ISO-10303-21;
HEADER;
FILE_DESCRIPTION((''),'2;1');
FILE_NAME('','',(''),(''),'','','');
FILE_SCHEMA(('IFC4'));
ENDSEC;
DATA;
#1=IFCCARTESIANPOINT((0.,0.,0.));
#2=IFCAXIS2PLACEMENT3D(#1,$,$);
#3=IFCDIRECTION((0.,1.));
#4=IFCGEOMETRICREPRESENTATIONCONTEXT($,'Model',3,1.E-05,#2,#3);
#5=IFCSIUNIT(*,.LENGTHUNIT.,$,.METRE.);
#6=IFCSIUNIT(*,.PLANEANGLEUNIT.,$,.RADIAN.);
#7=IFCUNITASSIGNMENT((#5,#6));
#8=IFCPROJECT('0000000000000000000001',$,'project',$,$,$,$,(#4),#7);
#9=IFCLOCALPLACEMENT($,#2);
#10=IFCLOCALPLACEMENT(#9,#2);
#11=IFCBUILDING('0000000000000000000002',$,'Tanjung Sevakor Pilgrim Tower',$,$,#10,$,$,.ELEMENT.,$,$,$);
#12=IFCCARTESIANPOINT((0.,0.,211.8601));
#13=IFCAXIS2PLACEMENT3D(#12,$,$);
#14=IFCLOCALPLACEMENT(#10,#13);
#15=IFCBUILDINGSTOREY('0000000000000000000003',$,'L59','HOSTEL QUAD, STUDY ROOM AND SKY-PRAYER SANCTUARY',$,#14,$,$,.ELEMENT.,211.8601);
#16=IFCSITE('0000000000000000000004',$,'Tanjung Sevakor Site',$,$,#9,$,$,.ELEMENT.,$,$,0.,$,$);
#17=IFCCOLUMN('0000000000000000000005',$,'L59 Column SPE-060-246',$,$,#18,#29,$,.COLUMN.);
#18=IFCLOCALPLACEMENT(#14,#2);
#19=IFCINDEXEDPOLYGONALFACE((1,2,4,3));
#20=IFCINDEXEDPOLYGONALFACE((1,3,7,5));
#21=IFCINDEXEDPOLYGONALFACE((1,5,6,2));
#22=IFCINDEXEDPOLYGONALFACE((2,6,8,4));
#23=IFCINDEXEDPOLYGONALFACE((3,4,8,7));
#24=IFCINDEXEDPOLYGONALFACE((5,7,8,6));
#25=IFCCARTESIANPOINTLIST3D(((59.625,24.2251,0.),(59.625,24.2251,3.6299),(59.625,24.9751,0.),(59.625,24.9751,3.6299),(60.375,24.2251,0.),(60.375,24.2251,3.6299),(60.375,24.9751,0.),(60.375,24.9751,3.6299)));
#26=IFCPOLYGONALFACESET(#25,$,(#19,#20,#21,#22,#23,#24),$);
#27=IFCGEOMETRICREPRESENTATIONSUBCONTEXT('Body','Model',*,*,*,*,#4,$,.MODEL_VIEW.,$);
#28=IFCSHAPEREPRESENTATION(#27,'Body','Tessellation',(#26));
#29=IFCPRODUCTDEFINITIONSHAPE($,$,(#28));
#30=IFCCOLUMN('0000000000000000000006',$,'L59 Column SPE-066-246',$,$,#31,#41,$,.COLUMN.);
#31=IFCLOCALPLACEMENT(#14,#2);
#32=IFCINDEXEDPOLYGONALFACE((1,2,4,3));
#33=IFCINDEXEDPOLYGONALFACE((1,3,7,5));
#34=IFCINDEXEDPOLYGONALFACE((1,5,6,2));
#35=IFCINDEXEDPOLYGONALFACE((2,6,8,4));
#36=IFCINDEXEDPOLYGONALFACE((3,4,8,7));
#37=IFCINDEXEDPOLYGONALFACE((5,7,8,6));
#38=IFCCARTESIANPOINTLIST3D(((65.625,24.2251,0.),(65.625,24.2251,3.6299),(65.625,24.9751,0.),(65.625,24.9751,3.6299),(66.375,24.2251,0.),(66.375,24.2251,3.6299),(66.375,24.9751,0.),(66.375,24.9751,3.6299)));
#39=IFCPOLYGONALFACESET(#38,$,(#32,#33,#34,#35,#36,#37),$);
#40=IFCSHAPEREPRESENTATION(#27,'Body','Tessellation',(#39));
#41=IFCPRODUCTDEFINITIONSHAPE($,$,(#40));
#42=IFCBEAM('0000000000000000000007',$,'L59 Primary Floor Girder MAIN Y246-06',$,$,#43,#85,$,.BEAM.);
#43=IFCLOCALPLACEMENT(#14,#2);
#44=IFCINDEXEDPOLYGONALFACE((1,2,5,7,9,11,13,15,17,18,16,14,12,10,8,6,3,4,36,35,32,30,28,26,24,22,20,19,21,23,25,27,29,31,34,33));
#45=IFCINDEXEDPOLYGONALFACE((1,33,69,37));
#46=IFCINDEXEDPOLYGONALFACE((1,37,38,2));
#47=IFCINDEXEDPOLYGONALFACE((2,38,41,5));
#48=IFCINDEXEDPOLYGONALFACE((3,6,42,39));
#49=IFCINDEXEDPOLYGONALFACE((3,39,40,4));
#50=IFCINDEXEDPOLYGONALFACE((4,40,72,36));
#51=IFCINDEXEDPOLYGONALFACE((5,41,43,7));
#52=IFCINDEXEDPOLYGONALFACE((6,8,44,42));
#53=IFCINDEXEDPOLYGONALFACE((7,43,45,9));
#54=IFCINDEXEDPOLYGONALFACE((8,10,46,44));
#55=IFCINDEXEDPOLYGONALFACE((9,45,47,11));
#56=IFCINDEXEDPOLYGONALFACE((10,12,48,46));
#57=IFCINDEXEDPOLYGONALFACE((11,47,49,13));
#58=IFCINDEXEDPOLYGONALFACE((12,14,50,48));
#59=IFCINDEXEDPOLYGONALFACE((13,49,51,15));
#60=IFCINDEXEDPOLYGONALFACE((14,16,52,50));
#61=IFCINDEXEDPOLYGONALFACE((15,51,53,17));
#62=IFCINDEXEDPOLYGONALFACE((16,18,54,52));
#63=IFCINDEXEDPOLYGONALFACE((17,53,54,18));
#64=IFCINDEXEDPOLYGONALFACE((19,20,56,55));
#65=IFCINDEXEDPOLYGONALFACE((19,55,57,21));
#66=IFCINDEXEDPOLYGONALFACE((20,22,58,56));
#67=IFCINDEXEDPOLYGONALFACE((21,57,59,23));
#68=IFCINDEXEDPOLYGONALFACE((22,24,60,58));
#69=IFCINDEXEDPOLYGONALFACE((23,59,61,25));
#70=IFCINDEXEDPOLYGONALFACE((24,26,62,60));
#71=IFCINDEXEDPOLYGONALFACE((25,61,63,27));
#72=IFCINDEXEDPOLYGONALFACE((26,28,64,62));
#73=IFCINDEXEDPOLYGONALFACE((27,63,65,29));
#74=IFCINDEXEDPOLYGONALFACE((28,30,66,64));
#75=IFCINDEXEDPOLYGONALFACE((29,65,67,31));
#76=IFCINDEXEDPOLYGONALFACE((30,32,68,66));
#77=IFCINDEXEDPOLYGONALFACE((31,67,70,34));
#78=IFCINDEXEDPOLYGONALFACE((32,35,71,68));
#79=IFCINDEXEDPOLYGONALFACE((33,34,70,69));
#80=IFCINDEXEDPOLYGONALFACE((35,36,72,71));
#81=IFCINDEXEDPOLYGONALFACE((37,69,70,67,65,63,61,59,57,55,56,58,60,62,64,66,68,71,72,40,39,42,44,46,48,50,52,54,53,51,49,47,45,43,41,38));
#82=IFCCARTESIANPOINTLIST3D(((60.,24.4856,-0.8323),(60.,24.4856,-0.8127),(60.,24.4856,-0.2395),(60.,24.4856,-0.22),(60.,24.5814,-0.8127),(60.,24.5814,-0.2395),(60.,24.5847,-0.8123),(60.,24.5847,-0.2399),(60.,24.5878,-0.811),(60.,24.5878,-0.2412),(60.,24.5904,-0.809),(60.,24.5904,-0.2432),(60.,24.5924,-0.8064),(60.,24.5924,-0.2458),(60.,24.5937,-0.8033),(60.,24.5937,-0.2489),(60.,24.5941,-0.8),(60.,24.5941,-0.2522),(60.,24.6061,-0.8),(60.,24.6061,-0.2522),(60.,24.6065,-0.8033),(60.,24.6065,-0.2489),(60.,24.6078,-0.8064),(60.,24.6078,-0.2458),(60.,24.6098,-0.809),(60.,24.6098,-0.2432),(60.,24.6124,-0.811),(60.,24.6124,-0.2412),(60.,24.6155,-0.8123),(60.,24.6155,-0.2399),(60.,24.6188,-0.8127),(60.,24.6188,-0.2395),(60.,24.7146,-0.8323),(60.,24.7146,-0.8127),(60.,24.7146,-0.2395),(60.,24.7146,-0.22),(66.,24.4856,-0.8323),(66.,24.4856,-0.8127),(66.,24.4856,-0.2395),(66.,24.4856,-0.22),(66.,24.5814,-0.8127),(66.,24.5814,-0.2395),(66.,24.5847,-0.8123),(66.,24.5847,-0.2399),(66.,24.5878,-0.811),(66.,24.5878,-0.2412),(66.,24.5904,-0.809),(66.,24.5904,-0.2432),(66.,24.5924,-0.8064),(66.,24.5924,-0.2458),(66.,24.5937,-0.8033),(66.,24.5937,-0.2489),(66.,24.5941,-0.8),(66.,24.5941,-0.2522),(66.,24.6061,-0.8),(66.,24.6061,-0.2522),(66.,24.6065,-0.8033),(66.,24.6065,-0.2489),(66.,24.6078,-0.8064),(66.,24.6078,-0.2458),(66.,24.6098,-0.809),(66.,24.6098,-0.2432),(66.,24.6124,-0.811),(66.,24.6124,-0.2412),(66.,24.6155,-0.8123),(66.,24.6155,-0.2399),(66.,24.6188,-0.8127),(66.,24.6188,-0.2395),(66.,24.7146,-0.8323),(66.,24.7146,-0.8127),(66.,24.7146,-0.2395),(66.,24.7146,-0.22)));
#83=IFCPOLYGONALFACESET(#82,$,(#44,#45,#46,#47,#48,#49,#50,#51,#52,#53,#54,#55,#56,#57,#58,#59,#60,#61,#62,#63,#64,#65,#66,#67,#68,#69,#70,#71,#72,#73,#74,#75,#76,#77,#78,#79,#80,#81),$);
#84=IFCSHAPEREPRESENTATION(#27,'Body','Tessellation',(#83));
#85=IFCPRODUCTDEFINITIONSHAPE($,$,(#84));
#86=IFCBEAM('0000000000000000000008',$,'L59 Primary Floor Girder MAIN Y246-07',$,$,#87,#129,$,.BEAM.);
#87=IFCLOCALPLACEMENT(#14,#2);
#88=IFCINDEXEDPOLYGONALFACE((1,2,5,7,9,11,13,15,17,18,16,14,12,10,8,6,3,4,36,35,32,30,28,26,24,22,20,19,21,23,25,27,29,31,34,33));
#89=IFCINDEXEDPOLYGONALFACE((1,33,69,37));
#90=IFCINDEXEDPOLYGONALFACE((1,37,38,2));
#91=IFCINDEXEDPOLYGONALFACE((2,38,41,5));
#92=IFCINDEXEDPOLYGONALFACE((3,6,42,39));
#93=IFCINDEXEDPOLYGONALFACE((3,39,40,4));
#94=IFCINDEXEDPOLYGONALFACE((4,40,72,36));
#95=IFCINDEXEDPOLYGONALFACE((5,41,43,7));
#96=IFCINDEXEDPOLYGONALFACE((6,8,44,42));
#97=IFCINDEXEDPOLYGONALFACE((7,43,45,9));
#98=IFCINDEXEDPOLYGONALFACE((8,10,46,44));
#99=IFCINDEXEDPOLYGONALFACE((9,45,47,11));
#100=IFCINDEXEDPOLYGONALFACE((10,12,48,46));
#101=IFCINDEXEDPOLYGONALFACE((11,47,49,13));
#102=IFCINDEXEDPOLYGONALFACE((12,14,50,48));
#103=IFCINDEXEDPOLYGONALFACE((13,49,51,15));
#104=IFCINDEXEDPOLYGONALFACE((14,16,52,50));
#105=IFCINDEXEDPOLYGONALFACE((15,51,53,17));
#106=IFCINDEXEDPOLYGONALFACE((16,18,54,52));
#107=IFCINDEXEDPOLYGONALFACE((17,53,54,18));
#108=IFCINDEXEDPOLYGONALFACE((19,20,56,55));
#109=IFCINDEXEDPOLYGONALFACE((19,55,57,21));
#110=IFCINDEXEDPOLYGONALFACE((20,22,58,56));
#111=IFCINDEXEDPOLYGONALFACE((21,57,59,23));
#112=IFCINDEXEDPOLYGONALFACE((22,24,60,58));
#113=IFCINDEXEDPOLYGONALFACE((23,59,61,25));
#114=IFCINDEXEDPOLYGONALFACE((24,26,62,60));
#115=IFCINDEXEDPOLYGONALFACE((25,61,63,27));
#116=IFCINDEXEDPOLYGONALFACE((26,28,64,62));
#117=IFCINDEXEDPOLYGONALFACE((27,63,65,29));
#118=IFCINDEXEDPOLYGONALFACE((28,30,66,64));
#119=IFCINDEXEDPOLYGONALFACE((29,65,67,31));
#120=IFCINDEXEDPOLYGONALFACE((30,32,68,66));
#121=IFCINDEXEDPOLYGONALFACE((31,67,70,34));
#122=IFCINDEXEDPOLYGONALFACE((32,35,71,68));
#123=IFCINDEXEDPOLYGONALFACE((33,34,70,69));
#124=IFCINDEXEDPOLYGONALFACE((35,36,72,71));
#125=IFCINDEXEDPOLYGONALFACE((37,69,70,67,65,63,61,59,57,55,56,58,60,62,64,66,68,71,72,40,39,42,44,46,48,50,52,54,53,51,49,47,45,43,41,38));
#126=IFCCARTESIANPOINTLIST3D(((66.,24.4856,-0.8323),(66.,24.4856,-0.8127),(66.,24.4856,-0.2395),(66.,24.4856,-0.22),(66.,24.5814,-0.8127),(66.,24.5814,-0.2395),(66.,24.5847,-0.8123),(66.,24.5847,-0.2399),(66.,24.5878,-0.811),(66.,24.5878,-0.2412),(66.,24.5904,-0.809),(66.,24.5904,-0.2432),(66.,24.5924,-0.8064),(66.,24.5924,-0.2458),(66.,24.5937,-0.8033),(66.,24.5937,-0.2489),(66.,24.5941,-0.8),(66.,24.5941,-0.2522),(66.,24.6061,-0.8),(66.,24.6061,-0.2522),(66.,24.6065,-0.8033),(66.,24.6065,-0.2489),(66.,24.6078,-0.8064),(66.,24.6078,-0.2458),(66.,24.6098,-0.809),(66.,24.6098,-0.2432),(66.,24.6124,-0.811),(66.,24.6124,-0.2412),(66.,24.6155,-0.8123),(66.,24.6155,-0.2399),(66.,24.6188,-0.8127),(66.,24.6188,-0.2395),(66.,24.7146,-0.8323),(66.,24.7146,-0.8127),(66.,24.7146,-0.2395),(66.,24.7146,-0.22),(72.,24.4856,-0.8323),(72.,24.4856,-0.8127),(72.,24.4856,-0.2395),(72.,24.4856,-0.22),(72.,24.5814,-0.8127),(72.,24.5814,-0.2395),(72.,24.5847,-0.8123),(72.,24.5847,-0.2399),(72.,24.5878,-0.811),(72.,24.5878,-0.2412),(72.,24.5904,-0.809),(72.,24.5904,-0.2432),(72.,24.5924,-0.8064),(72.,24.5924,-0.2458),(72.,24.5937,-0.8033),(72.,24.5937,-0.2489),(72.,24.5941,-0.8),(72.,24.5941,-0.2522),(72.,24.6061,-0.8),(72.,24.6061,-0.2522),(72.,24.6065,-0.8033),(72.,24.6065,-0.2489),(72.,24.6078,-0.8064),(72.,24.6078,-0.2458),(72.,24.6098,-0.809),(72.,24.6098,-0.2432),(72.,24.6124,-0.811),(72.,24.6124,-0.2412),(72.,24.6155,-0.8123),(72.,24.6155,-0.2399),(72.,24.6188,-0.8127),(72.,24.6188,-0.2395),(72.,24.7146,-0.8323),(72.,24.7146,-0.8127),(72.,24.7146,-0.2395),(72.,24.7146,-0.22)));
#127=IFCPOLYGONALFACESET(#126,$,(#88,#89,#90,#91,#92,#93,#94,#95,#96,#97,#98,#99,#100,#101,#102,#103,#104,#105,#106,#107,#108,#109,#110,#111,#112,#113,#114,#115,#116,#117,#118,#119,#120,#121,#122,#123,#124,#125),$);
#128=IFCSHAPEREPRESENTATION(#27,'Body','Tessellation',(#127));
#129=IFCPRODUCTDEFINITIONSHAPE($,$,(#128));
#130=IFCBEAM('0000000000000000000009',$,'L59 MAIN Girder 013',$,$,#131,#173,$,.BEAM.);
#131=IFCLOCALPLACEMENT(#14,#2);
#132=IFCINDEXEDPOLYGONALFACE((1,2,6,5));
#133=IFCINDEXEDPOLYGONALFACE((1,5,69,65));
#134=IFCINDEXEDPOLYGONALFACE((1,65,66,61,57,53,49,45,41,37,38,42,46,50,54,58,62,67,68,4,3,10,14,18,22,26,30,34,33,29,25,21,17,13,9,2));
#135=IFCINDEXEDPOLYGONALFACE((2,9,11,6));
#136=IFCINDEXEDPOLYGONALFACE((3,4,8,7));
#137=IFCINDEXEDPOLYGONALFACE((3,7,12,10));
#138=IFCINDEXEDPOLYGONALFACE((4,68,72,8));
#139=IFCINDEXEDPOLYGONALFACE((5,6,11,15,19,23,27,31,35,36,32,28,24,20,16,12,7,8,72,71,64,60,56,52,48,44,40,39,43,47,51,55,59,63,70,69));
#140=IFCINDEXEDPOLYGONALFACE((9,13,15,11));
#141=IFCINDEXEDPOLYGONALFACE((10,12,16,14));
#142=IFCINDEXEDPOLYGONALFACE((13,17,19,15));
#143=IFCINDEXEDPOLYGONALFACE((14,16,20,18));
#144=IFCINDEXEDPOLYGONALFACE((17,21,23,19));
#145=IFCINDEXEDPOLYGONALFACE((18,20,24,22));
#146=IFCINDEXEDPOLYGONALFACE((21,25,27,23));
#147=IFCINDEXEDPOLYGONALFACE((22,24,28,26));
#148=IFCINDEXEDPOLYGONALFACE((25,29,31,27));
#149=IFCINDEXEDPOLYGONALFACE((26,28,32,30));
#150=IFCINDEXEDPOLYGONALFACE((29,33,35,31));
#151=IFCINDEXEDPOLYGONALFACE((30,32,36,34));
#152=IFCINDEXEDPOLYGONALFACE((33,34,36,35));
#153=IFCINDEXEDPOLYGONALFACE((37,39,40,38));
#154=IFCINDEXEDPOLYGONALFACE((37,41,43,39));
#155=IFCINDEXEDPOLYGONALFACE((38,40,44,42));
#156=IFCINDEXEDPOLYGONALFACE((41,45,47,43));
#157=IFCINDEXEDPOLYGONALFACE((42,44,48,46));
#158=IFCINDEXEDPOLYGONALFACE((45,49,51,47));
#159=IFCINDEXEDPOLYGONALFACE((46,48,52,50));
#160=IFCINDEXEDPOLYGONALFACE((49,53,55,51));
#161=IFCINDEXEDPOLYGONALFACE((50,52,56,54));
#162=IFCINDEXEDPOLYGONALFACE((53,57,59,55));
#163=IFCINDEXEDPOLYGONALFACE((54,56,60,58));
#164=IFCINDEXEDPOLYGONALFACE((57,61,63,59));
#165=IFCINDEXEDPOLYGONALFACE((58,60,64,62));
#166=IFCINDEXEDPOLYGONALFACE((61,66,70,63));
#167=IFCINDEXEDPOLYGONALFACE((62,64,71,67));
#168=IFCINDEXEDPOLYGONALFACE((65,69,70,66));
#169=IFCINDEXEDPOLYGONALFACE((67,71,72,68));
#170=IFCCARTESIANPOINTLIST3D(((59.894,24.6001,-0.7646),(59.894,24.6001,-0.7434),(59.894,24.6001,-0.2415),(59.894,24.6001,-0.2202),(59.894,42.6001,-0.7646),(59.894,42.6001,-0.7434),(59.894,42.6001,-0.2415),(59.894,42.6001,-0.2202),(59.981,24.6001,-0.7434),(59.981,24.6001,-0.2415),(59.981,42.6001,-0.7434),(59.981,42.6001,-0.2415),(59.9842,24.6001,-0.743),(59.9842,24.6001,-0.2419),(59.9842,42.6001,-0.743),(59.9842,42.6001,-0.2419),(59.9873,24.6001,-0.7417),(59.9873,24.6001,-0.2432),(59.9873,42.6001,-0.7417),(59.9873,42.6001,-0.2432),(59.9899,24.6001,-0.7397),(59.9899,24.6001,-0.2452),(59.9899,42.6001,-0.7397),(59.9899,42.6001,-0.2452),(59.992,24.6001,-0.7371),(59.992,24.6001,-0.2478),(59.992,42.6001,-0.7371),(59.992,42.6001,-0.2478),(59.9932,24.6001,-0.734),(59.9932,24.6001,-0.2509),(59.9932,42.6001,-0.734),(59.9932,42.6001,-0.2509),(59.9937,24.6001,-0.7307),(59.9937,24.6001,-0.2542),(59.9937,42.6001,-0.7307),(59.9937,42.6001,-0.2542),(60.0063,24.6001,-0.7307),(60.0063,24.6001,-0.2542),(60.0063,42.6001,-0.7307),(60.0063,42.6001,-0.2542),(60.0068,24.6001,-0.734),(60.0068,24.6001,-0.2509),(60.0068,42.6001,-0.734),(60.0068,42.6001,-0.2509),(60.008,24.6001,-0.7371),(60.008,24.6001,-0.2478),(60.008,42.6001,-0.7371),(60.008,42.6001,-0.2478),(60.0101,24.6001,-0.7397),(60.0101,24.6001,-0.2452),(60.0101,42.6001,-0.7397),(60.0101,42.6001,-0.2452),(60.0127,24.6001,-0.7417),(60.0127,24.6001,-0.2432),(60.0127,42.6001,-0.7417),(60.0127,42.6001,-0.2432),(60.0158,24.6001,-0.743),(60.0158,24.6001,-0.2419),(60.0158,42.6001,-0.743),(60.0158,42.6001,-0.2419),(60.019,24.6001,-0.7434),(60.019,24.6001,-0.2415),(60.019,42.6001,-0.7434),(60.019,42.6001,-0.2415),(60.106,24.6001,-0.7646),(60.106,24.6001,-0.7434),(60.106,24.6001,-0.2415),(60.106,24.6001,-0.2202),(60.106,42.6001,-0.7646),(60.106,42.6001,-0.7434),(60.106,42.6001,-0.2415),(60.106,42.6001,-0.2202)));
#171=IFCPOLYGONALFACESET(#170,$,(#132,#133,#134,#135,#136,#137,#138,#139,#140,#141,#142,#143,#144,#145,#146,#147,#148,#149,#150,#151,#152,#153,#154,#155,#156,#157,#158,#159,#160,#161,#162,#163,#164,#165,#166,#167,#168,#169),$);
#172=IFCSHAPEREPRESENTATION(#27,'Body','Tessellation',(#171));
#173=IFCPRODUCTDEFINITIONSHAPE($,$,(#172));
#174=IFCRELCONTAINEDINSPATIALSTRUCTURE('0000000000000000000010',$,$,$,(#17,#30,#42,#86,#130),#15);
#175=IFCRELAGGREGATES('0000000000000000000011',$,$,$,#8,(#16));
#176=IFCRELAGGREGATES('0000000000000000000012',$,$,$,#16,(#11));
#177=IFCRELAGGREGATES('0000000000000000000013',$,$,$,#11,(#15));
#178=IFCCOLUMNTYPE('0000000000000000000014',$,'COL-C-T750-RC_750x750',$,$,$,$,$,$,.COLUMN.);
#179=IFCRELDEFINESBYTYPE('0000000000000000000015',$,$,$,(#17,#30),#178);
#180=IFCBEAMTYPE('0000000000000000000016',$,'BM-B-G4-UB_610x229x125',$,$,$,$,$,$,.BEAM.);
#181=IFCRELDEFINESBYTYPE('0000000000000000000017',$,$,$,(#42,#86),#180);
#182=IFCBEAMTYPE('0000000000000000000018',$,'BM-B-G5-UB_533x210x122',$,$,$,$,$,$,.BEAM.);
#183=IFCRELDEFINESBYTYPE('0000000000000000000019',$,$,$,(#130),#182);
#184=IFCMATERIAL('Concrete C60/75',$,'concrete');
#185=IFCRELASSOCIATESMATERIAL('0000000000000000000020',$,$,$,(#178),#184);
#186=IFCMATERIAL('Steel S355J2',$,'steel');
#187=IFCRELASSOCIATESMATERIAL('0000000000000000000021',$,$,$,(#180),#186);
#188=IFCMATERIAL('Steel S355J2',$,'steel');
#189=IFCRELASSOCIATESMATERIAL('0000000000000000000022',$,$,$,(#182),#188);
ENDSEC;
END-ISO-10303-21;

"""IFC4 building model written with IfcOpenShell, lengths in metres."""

from ifc_helpers import new_model, si_unit, direction, frame, origin, origin_2d, place, context, subcontext, project, spatial, rectangle, i_section, extrude, material, material_profile, profile_set, type_object, element, save


model = new_model("IFC4")

# Units and contexts
model_context = context("Model", 3, precision=1e-05, world=origin(), true_north=direction((0.0, 1.0)))
body_context = subcontext(model_context, "Body", "Model", "MODEL_VIEW")
ifc_project = project(units=[si_unit("LENGTHUNIT", "METRE"), si_unit("PLANEANGLEUNIT", "RADIAN")], contexts=[model_context])

# Site, building, storey
site_placement = place(None, origin())
site = spatial("IfcSite", under=ifc_project, at=site_placement, Name="Tanjung Sevakor Site", CompositionType="ELEMENT", RefElevation=0.0)
building_placement = place(site_placement, origin())
building = spatial("IfcBuilding", under=site, at=building_placement, Name="Tanjung Sevakor Pilgrim Tower", CompositionType="ELEMENT")
storey_placement = place(building_placement, frame((0.0, 0.0, 211.8601)))
storey = spatial("IfcBuildingStorey", under=building, at=storey_placement, Name="L59", Description="HOSTEL QUAD, STUDY ROOM AND SKY-PRAYER SANCTUARY", CompositionType="ELEMENT", Elevation=211.8601)

# Columns
ifc_material_1 = material(Name="Concrete C60/75", Category="concrete")
ifc_material_profile_1 = material_profile(ifc_material_1, rectangle(XDim=0.75, YDim=0.75, at=origin_2d()))
ifc_profile_set_1 = profile_set([ifc_material_profile_1], Name="Concrete C60/75")
column_type = type_object("IfcColumnType", Name="COL-C-T750-RC_750x750", PredefinedType="COLUMN", material=ifc_profile_set_1)
for number, where, z_axis, x_axis, name in (
    (1, (60.0, 24.6001, 0.0), (0.0, 0.0, 1.0), (1.0, 0.0, 0.0), "L59 Column SPE-060-246"),
    (2, (66.0, 24.6001, 0.0), (0.0, 0.0, 1.0), (1.0, 0.0, 0.0), "L59 Column SPE-066-246"),
):
    element("IfcColumn", number, at=place(storey_placement, frame(where, z_axis=z_axis, x_axis=x_axis)), inside=storey, type_object=column_type, Name=name, PredefinedType="COLUMN", context=body_context, shape_type="SweptSolid", body=[
        extrude(rectangle(XDim=0.75, YDim=0.75, at=origin_2d()), origin(), (0.0, 0.0, 1.0), 3.6299),
    ])

# Beams
ifc_material_2 = material(Name="Steel S355J2", Category="steel")
ifc_material_profile_2 = material_profile(ifc_material_2, i_section(OverallWidth=0.229, OverallDepth=0.6123, WebThickness=0.012, FlangeThickness=0.0195, FilletRadius=0.0127, at=origin_2d()))
ifc_profile_set_2 = profile_set([ifc_material_profile_2], Name="Steel S355J2")
beam_type_1 = type_object("IfcBeamType", Name="BM-B-G4-UB_610x229x125", PredefinedType="BEAM", material=ifc_profile_set_2)
for number, where, z_axis, x_axis, name in (
    (3, (60.0, 24.6001, -0.5261), (1.0, 0.0, 0.0), (0.0, 1.0, 0.0), "L59 Primary Floor Girder MAIN Y246-06"),
    (4, (66.0, 24.6001, -0.5261), (1.0, 0.0, 0.0), (0.0, 1.0, 0.0), "L59 Primary Floor Girder MAIN Y246-07"),
):
    element("IfcBeam", number, at=place(storey_placement, frame(where, z_axis=z_axis, x_axis=x_axis)), inside=storey, type_object=beam_type_1, Name=name, PredefinedType="BEAM", context=body_context, shape_type="SweptSolid", body=[
        extrude(i_section(OverallWidth=0.229, OverallDepth=0.6123, WebThickness=0.012, FlangeThickness=0.0195, FilletRadius=0.0127, at=origin_2d()), origin(), (0.0, 0.0, 1.0), 6.0),
    ])
ifc_material_3 = material(Name="Steel S355J2", Category="steel")
ifc_material_profile_3 = material_profile(ifc_material_3, i_section(OverallWidth=0.2119, OverallDepth=0.5444, WebThickness=0.0127, FlangeThickness=0.0212, FilletRadius=0.0127, at=origin_2d()))
ifc_profile_set_3 = profile_set([ifc_material_profile_3], Name="Steel S355J2")
beam_type_2 = type_object("IfcBeamType", Name="BM-B-G5-UB_533x210x122", PredefinedType="BEAM", material=ifc_profile_set_3)
for number, where, z_axis, x_axis, name in (
    (5, (60.0, 24.6001, -0.4924), (0.0, 1.0, 0.0), (-1.0, 0.0, 0.0), "L59 MAIN Girder 013"),
):
    element("IfcBeam", number, at=place(storey_placement, frame(where, z_axis=z_axis, x_axis=x_axis)), inside=storey, type_object=beam_type_2, Name=name, PredefinedType="BEAM", context=body_context, shape_type="SweptSolid", body=[
        extrude(i_section(OverallWidth=0.2119, OverallDepth=0.5444, WebThickness=0.0127, FlangeThickness=0.0212, FilletRadius=0.0127, at=origin_2d()), origin(), (0.0, 0.0, 1.0), 18.0),
    ])

save(model, "model.ifc")
